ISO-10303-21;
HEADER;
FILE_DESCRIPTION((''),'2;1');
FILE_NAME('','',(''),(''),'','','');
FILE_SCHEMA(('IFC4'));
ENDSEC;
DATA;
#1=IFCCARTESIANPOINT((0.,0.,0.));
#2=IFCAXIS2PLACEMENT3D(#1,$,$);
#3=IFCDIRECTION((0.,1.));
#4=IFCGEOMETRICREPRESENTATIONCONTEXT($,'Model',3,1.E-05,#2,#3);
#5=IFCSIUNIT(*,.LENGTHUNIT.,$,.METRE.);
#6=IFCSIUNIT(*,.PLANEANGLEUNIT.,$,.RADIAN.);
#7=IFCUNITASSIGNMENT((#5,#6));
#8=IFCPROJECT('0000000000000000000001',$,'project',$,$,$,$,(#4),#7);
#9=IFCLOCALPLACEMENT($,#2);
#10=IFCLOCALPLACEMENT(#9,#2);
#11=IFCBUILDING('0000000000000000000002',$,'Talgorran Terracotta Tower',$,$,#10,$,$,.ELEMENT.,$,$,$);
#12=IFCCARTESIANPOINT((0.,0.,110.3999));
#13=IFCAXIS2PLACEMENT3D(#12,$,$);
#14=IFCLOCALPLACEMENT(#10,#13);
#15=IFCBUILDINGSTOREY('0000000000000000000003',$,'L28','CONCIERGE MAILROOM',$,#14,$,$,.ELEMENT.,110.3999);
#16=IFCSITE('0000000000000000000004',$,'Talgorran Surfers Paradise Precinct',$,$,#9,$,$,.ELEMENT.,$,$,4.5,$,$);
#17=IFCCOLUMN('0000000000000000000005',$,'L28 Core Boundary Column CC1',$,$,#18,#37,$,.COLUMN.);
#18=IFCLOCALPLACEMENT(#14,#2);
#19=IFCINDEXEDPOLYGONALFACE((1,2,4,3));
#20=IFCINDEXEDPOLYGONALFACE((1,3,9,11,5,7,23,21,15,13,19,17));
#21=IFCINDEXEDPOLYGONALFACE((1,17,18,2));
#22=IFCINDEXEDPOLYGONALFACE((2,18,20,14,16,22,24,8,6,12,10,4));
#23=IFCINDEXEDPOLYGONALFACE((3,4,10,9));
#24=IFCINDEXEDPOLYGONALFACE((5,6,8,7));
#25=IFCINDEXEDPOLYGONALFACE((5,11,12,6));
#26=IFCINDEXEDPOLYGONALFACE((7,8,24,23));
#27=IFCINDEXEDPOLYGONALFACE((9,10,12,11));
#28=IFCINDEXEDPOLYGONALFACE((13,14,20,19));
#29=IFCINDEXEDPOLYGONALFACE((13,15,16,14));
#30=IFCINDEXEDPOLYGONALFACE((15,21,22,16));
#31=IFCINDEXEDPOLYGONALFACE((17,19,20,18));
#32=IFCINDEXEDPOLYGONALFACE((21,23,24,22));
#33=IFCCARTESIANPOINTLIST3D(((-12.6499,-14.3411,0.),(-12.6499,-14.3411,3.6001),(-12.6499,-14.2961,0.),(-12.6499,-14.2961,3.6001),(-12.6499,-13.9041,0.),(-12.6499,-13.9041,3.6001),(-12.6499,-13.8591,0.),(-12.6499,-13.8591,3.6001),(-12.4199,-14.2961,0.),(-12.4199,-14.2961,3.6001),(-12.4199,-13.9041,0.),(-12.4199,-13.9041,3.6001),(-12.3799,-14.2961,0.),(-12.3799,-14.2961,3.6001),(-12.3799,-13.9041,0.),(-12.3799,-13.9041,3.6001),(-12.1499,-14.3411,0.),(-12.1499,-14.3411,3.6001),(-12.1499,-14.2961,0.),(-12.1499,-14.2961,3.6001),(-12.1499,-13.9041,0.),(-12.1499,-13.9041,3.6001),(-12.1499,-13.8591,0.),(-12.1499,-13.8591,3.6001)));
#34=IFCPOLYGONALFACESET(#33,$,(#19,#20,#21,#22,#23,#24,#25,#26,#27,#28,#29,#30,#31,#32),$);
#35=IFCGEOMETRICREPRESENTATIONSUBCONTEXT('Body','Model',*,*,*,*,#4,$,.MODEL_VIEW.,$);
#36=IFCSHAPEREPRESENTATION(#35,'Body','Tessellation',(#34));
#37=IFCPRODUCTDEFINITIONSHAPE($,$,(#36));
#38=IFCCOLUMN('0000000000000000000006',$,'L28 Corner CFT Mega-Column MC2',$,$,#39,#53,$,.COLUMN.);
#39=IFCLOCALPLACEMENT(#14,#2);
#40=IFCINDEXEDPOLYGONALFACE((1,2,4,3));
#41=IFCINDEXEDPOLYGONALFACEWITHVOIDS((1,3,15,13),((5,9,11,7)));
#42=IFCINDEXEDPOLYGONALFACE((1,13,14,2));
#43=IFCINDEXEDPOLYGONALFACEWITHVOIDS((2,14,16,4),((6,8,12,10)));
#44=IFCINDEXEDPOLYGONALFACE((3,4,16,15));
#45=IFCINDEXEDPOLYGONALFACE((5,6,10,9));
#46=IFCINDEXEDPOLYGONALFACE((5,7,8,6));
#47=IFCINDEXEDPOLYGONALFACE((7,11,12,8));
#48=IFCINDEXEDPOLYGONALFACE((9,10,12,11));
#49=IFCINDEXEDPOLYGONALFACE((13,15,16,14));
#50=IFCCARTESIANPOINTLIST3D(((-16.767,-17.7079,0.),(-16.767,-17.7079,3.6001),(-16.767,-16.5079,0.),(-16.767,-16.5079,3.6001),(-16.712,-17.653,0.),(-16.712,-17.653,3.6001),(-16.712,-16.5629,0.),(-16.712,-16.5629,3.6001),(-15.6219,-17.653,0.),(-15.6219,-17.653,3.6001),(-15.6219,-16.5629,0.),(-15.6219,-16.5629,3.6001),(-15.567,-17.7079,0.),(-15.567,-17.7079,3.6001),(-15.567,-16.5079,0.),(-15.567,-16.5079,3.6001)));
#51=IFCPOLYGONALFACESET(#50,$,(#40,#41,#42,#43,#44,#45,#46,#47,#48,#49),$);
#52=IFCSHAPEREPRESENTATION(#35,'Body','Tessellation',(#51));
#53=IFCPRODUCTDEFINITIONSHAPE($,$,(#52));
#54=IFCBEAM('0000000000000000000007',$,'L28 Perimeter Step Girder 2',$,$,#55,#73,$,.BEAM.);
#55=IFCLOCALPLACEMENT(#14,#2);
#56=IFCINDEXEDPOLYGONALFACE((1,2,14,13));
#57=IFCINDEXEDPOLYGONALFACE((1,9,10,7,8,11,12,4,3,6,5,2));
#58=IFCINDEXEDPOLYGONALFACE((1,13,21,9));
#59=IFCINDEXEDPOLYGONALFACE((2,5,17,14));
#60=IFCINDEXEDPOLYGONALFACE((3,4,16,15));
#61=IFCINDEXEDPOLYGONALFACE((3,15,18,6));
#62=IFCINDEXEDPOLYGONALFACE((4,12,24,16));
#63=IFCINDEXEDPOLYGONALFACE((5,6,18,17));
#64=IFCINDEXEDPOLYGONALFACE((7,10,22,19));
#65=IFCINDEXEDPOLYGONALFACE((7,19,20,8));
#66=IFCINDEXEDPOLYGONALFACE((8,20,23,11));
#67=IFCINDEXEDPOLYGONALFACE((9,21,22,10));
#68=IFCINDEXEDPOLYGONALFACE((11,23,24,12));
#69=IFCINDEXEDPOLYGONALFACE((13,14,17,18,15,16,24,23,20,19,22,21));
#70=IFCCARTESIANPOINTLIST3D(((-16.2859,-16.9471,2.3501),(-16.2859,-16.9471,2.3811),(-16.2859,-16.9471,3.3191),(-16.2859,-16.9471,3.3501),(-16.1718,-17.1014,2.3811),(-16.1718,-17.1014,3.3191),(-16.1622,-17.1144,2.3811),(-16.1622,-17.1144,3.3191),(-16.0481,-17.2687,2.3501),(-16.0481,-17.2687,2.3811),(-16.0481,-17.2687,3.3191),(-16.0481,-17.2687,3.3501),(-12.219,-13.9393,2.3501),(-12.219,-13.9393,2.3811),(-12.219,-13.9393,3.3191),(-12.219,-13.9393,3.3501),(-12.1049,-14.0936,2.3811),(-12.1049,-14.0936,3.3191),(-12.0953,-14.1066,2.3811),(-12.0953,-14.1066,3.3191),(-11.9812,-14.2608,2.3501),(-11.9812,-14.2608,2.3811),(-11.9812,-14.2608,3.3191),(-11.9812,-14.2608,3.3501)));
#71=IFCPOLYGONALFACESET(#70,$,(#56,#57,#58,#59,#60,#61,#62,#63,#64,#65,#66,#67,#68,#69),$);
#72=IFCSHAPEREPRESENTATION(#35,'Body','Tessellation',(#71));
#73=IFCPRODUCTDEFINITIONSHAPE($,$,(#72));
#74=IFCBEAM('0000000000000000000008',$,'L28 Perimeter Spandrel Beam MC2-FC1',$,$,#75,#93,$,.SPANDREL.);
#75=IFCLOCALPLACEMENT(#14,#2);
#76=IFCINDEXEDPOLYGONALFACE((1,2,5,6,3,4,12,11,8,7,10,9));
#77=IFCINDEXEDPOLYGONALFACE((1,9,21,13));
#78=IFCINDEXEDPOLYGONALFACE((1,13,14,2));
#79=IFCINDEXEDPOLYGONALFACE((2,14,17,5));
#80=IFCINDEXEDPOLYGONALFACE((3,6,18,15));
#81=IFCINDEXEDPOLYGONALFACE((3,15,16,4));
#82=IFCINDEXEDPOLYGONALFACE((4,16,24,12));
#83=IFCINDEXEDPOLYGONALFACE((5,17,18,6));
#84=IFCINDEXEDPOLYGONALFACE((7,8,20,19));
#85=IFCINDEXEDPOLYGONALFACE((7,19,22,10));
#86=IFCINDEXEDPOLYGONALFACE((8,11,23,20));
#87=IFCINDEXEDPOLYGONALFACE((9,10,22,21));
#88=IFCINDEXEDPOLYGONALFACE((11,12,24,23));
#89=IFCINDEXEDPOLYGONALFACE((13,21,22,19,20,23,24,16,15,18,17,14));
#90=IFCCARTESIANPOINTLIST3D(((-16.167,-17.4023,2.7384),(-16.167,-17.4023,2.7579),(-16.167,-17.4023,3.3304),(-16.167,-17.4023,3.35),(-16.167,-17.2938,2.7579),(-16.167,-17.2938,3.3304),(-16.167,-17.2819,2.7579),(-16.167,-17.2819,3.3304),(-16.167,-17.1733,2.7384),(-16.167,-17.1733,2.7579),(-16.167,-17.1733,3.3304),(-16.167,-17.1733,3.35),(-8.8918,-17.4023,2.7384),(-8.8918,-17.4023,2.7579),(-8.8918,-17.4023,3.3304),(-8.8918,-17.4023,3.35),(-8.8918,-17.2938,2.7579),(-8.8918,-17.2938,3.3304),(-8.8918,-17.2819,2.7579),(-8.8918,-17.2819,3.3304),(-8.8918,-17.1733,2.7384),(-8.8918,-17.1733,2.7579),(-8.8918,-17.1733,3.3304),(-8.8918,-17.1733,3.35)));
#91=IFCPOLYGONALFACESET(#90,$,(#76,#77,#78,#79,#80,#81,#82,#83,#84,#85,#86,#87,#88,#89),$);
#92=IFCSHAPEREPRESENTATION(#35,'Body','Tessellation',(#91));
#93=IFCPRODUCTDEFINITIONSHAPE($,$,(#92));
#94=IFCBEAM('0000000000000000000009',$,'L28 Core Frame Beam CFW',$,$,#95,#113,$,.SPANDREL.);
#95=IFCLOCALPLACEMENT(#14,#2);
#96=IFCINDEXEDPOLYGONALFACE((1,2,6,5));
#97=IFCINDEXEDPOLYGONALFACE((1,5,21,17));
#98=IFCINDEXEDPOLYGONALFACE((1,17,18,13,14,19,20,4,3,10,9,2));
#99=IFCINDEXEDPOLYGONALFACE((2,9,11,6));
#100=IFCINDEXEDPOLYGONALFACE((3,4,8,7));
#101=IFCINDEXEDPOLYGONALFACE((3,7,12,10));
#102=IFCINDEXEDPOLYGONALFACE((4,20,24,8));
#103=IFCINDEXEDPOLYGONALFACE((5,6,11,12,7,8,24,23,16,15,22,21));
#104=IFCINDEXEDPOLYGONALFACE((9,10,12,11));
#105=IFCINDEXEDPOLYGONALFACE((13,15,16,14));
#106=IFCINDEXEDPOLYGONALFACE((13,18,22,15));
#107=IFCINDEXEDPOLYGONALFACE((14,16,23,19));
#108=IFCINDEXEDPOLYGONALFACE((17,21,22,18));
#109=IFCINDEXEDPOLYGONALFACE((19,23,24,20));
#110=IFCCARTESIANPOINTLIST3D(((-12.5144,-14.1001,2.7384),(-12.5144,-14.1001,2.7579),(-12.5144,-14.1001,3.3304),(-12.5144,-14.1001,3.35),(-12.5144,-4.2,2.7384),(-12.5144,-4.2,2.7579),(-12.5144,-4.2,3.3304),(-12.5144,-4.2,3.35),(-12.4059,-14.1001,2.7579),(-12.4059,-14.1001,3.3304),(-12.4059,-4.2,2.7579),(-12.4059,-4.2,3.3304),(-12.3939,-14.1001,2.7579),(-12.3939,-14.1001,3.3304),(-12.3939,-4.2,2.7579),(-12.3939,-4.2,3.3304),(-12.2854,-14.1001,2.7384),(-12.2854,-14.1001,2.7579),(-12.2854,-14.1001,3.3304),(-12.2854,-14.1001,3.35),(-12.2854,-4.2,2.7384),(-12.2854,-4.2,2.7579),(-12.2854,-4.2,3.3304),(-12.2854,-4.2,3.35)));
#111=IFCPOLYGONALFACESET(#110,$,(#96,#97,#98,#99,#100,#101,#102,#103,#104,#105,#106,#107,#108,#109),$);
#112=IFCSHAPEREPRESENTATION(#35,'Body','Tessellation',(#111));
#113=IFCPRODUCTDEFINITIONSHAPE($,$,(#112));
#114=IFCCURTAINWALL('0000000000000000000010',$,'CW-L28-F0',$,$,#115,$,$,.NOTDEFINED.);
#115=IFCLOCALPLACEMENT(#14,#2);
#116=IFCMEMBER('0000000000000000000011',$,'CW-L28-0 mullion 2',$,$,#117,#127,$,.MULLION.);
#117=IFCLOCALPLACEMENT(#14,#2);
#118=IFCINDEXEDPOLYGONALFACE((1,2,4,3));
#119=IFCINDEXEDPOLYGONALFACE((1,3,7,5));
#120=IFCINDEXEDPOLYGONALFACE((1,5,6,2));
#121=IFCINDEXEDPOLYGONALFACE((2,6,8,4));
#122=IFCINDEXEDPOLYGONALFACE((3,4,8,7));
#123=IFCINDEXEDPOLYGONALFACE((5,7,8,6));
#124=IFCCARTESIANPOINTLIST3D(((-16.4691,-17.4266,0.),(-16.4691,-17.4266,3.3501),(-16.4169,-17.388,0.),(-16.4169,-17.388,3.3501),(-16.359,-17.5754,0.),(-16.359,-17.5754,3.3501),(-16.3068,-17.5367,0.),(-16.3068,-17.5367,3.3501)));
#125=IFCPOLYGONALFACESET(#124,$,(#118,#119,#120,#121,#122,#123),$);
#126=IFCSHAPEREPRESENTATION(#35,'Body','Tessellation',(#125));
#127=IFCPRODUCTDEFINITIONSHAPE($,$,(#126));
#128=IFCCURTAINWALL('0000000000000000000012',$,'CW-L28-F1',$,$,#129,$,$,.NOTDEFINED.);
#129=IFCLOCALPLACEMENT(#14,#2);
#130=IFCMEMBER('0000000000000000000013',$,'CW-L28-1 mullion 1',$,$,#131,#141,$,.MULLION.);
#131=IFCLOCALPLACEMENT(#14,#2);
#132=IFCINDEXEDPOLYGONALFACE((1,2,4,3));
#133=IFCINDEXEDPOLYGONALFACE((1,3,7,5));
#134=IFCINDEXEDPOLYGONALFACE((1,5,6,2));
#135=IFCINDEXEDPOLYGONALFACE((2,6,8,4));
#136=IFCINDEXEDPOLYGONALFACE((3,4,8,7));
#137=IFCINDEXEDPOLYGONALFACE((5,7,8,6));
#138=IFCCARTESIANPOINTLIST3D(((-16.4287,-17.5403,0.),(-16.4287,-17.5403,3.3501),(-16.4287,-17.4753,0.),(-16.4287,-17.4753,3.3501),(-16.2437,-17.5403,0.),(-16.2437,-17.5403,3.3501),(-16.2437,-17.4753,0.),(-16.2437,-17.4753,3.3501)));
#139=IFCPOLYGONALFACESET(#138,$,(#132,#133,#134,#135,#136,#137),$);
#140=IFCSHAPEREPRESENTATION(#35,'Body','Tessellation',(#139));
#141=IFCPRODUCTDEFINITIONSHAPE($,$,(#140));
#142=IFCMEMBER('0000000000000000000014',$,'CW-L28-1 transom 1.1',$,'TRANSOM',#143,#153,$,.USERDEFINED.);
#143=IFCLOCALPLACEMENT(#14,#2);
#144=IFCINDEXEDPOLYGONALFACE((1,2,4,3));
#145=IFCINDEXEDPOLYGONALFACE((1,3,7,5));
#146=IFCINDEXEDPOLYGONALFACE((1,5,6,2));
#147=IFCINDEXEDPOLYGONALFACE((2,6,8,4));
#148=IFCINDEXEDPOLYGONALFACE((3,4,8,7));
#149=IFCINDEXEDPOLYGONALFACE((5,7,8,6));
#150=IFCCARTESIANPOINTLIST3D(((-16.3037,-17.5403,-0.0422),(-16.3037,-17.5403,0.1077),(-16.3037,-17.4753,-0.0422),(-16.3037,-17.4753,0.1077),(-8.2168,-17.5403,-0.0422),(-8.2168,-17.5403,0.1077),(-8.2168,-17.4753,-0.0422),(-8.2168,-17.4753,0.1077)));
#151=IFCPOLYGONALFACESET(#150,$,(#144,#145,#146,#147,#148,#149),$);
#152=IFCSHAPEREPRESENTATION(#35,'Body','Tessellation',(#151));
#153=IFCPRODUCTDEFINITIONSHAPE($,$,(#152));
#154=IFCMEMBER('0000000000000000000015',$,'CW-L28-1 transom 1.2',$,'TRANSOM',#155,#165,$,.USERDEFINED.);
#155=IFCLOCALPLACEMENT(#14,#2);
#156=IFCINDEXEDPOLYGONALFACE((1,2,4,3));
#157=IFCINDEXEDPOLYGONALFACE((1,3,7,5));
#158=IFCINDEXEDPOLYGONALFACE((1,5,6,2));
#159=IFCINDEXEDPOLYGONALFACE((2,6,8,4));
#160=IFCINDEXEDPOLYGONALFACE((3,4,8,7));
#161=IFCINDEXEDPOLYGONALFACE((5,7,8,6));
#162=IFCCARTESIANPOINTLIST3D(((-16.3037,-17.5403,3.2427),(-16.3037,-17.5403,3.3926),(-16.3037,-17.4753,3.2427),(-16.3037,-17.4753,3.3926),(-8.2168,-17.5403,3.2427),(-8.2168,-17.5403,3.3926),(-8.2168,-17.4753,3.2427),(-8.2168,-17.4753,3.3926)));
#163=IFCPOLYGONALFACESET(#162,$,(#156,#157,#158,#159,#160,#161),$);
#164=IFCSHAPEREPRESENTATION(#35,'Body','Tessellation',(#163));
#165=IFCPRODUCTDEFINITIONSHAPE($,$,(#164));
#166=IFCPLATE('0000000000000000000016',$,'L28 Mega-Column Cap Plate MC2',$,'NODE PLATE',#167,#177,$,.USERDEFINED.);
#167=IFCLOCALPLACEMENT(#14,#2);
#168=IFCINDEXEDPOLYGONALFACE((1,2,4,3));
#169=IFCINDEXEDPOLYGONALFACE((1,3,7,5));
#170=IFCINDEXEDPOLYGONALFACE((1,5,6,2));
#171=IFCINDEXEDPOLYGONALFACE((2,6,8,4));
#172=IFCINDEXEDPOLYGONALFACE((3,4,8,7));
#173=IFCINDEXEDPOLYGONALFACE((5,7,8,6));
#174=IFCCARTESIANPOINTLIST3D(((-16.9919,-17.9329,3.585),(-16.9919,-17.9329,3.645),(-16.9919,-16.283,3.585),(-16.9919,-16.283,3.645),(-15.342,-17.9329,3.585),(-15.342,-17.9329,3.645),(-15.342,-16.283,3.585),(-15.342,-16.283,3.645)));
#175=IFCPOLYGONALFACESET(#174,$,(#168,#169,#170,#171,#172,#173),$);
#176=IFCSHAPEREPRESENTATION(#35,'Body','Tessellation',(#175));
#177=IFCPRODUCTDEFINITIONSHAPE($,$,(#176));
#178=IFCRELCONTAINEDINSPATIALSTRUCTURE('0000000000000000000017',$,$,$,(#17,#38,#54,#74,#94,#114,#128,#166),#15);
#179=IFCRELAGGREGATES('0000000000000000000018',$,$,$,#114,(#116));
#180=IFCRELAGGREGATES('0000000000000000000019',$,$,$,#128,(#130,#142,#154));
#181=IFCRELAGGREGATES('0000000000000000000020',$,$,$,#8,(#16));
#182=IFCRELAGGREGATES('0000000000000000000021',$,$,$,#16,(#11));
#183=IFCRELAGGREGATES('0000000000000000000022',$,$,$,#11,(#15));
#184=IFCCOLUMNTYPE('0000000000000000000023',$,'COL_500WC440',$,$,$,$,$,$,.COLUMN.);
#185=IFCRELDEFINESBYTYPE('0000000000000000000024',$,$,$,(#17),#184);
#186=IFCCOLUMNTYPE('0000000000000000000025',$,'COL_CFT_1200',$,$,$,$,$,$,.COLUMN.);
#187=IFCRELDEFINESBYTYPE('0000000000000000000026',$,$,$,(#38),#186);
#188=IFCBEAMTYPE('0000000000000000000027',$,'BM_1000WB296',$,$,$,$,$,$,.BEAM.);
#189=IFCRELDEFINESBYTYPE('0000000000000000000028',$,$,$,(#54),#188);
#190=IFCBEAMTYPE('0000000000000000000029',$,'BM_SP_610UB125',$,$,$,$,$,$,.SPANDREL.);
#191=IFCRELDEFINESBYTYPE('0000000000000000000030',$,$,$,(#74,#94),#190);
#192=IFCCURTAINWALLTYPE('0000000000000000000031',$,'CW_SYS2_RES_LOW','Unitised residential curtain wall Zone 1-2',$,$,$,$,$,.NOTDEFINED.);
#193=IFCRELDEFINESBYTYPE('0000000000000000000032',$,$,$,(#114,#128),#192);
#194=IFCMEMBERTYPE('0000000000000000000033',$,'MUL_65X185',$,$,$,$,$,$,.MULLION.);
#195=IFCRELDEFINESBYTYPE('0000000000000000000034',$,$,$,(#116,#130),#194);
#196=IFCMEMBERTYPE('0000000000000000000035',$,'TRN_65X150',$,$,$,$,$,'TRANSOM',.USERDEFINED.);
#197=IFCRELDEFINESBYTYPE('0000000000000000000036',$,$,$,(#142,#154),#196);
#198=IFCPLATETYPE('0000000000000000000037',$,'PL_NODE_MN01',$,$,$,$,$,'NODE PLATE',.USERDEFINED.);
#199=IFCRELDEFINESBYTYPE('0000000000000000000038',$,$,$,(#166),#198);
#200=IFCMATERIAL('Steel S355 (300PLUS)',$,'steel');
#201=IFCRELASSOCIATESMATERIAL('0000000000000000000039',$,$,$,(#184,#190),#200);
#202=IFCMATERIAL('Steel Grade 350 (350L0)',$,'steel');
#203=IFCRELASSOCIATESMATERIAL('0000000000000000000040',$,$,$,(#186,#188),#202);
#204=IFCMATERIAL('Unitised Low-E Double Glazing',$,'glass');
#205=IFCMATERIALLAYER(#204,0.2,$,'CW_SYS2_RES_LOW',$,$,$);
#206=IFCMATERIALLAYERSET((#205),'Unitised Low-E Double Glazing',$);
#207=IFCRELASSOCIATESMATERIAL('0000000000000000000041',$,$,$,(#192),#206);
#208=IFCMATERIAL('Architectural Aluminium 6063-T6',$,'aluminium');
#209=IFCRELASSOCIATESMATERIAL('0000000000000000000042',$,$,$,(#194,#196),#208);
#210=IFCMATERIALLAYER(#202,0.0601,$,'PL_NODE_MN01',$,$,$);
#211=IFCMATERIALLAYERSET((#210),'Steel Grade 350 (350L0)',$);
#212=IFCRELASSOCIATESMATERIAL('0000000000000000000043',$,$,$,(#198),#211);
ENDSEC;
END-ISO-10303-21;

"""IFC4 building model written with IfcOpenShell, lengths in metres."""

from ifc_helpers import new_model, si_unit, direction, frame, origin, origin_2d, place, context, subcontext, project, spatial, rectangle, hollow_rectangle, i_section, extrude, material, layer, layer_set, material_profile, profile_set, type_object, element, aggregate, save


model = new_model("IFC4")

# Units and contexts
model_context = context("Model", 3, precision=1e-05, world=origin(), true_north=direction((0.0, 1.0)))
body_context = subcontext(model_context, "Body", "Model", "MODEL_VIEW")
ifc_project = project(units=[si_unit("LENGTHUNIT", "METRE"), si_unit("PLANEANGLEUNIT", "RADIAN")], contexts=[model_context])

# Site, building, storey
site_placement = place(None, origin())
site = spatial("IfcSite", under=ifc_project, at=site_placement, Name="Talgorran Surfers Paradise Precinct", CompositionType="ELEMENT", RefElevation=4.5)
building_placement = place(site_placement, origin())
building = spatial("IfcBuilding", under=site, at=building_placement, Name="Talgorran Terracotta Tower", CompositionType="ELEMENT")
storey_placement = place(building_placement, frame((0.0, 0.0, 110.3999)))
storey = spatial("IfcBuildingStorey", under=building, at=storey_placement, Name="L28", Description="CONCIERGE MAILROOM", CompositionType="ELEMENT", Elevation=110.3999)

# Columns
ifc_material_1 = material(Name="Steel S355 (300PLUS)", Category="steel")
ifc_material_profile_1 = material_profile(ifc_material_1, i_section(OverallWidth=0.5, OverallDepth=0.4819, WebThickness=0.04, FlangeThickness=0.0449, at=origin_2d()), Name="500WC440")
ifc_profile_set_1 = profile_set([ifc_material_profile_1], Name="Steel S355 (300PLUS)")
column_type_1 = type_object("IfcColumnType", Name="COL_500WC440", PredefinedType="COLUMN", material=ifc_profile_set_1)
column_1_placement = place(storey_placement, frame((-12.3999, -14.1001, 0.0), z_axis=(0.0, 0.0, 1.0), x_axis=(1.0, 0.0, 0.0)))
element("IfcColumn", 1, at=column_1_placement, inside=storey, type_object=column_type_1, Name="L28 Core Boundary Column CC1", PredefinedType="COLUMN", context=body_context, shape_type="SweptSolid", body=[
    extrude(i_section(OverallWidth=0.5, OverallDepth=0.4819, WebThickness=0.04, FlangeThickness=0.0449, at=origin_2d()), origin(), (0.0, 0.0, 1.0), 3.6001),
])
ifc_material_2 = material(Name="Steel Grade 350 (350L0)", Category="steel")
ifc_material_profile_2 = material_profile(ifc_material_2, hollow_rectangle(XDim=1.2, YDim=1.2, WallThickness=0.0549, at=origin_2d()), Name="CFT1200X1200X55")
ifc_profile_set_2 = profile_set([ifc_material_profile_2], Name="Steel Grade 350 (350L0)")
column_type_2 = type_object("IfcColumnType", Name="COL_CFT_1200", PredefinedType="COLUMN", material=ifc_profile_set_2)
column_2_placement = place(storey_placement, frame((-16.167, -17.1079, 0.0), z_axis=(0.0, 0.0, 1.0), x_axis=(1.0, 0.0, 0.0)))
element("IfcColumn", 2, at=column_2_placement, inside=storey, type_object=column_type_2, Name="L28 Corner CFT Mega-Column MC2", PredefinedType="COLUMN", context=body_context, shape_type="SweptSolid", body=[
    extrude(hollow_rectangle(XDim=1.2, YDim=1.2, WallThickness=0.0549, at=origin_2d()), origin(), (0.0, 0.0, 1.0), 3.6001),
])

# Beams
ifc_material_profile_3 = material_profile(ifc_material_2, i_section(OverallWidth=0.3999, OverallDepth=1.0, WebThickness=0.0161, FlangeThickness=0.031, at=origin_2d()), Name="1000WB296")
ifc_profile_set_3 = profile_set([ifc_material_profile_3], Name="Steel Grade 350 (350L0)")
beam_type_1 = type_object("IfcBeamType", Name="BM_1000WB296", PredefinedType="BEAM", material=ifc_profile_set_3)
beam_1_placement = place(storey_placement, frame((-16.167, -17.1079, 2.8501), z_axis=(0.804002, 0.594627, 0.0), x_axis=(-0.594627, 0.804002, 0.0)))
element("IfcBeam", 3, at=beam_1_placement, inside=storey, type_object=beam_type_1, Name="L28 Perimeter Step Girder 2", PredefinedType="BEAM", context=body_context, shape_type="SweptSolid", body=[
    extrude(i_section(OverallWidth=0.3999, OverallDepth=1.0, WebThickness=0.0161, FlangeThickness=0.031, at=origin_2d()), origin(), (0.0, 0.0, 1.0), 5.0583),
])
ifc_material_profile_4 = material_profile(ifc_material_1, i_section(OverallWidth=0.229, OverallDepth=0.6116, WebThickness=0.012, FlangeThickness=0.0195, at=origin_2d()), Name="610UB125")
ifc_profile_set_4 = profile_set([ifc_material_profile_4], Name="Steel S355 (300PLUS)")
beam_type_2 = type_object("IfcBeamType", Name="BM_SP_610UB125", PredefinedType="SPANDREL", material=ifc_profile_set_4)
beam_2_placement = place(storey_placement, frame((-16.167, -17.2878, 3.0442), z_axis=(1.0, 0.0, 0.0), x_axis=(0.0, 1.0, 0.0)))
element("IfcBeam", 4, at=beam_2_placement, inside=storey, type_object=beam_type_2, Name="L28 Perimeter Spandrel Beam MC2-FC1", PredefinedType="SPANDREL", context=body_context, shape_type="SweptSolid", body=[
    extrude(i_section(OverallWidth=0.229, OverallDepth=0.6116, WebThickness=0.012, FlangeThickness=0.0195, at=origin_2d()), origin(), (0.0, 0.0, 1.0), 7.2751),
])
beam_3_placement = place(storey_placement, frame((-12.3999, -14.1001, 3.0442), z_axis=(0.0, 1.0, 0.0), x_axis=(-1.0, 0.0, 0.0)))
element("IfcBeam", 5, at=beam_3_placement, inside=storey, type_object=beam_type_2, Name="L28 Core Frame Beam CFW", PredefinedType="SPANDREL", context=body_context, shape_type="SweptSolid", body=[
    extrude(i_section(OverallWidth=0.229, OverallDepth=0.6116, WebThickness=0.012, FlangeThickness=0.0195, at=origin_2d()), origin(), (0.0, 0.0, 1.0), 9.9001),
])

# Curtain wall, member
ifc_material_3 = material(Name="Unitised Low-E Double Glazing", Category="glass")
ifc_layer_1 = layer(ifc_material_3, 0.2, Name="CW_SYS2_RES_LOW")
ifc_layer_set_1 = layer_set([ifc_layer_1], Name="Unitised Low-E Double Glazing")
curtain_wall_type = type_object("IfcCurtainWallType", Name="CW_SYS2_RES_LOW", Description="Unitised residential curtain wall Zone 1-2", PredefinedType="NOTDEFINED", material=ifc_layer_set_1)
curtain_wall_1_placement = place(storey_placement, origin())
curtain_wall_1 = element("IfcCurtainWall", 6, at=curtain_wall_1_placement, inside=storey, type_object=curtain_wall_type, Name="CW-L28-F0", PredefinedType="NOTDEFINED")
ifc_material_4 = material(Name="Architectural Aluminium 6063-T6", Category="aluminium")
ifc_material_profile_5 = material_profile(ifc_material_4, rectangle(XDim=0.0649, YDim=0.1851, at=origin_2d()), Name="CWM65X185")
ifc_profile_set_5 = profile_set([ifc_material_profile_5], Name="Architectural Aluminium 6063-T6")
member_type_1 = type_object("IfcMemberType", Name="MUL_65X185", PredefinedType="MULLION", material=ifc_profile_set_5)
member_1_placement = place(storey_placement, frame((-16.3879, -17.4817, 0.0), z_axis=(0.0, 0.0, 1.0), x_axis=(0.803792, 0.594911, 0.0)))
member_1 = element("IfcMember", 7, at=member_1_placement, type_object=member_type_1, Name="CW-L28-0 mullion 2", PredefinedType="MULLION", context=body_context, shape_type="SweptSolid", body=[
    extrude(rectangle(XDim=0.0649, YDim=0.1851, at=origin_2d()), origin(), (0.0, 0.0, 1.0), 3.3501),
])

# Curtain wall, members
curtain_wall_2_placement = place(storey_placement, origin())
curtain_wall_2 = element("IfcCurtainWall", 8, at=curtain_wall_2_placement, inside=storey, type_object=curtain_wall_type, Name="CW-L28-F1", PredefinedType="NOTDEFINED")
member_2_placement = place(storey_placement, frame((-16.3362, -17.5078, 0.0), z_axis=(0.0, 0.0, 1.0), x_axis=(0.0, 1.0, 0.0)))
member_2 = element("IfcMember", 9, at=member_2_placement, type_object=member_type_1, Name="CW-L28-1 mullion 1", PredefinedType="MULLION", context=body_context, shape_type="SweptSolid", body=[
    extrude(rectangle(XDim=0.0649, YDim=0.1851, at=origin_2d()), origin(), (0.0, 0.0, 1.0), 3.3501),
])
ifc_material_profile_6 = material_profile(ifc_material_4, rectangle(XDim=0.0649, YDim=0.1499, at=origin_2d()), Name="CWT65X150")
ifc_profile_set_6 = profile_set([ifc_material_profile_6], Name="Architectural Aluminium 6063-T6")
member_type_2 = type_object("IfcMemberType", Name="TRN_65X150", ElementType="TRANSOM", PredefinedType="USERDEFINED", material=ifc_profile_set_6)
member_3_placement = place(storey_placement, frame((-16.3037, -17.5078, 0.0327), z_axis=(1.0, 0.0, 0.0), x_axis=(0.0, 1.0, 0.0)))
member_3 = element("IfcMember", 10, at=member_3_placement, type_object=member_type_2, Name="CW-L28-1 transom 1.1", ObjectType="TRANSOM", PredefinedType="USERDEFINED", context=body_context, shape_type="SweptSolid", body=[
    extrude(rectangle(XDim=0.0649, YDim=0.1499, at=origin_2d()), origin(), (0.0, 0.0, 1.0), 8.0869),
])
member_4_placement = place(storey_placement, frame((-16.3037, -17.5078, 3.3176), z_axis=(1.0, 0.0, 0.0), x_axis=(0.0, 1.0, 0.0)))
member_4 = element("IfcMember", 11, at=member_4_placement, type_object=member_type_2, Name="CW-L28-1 transom 1.2", ObjectType="TRANSOM", PredefinedType="USERDEFINED", context=body_context, shape_type="SweptSolid", body=[
    extrude(rectangle(XDim=0.0649, YDim=0.1499, at=origin_2d()), origin(), (0.0, 0.0, 1.0), 8.0869),
])

# Plate
ifc_layer_2 = layer(ifc_material_2, 0.0601, Name="PL_NODE_MN01")
ifc_layer_set_2 = layer_set([ifc_layer_2], Name="Steel Grade 350 (350L0)")
plate_type_1 = type_object("IfcPlateType", Name="PL_NODE_MN01", ElementType="NODE PLATE", PredefinedType="USERDEFINED", material=ifc_layer_set_2)
plate_1_placement = place(storey_placement, frame((-16.167, -17.1079, 3.585), z_axis=(0.0, 0.0, 1.0), x_axis=(1.0, 0.0, 0.0)))
element("IfcPlate", 12, at=plate_1_placement, inside=storey, type_object=plate_type_1, Name="L28 Mega-Column Cap Plate MC2", ObjectType="NODE PLATE", PredefinedType="USERDEFINED", context=body_context, shape_type="SweptSolid", body=[
    extrude(rectangle(XDim=1.6499, YDim=1.6499, at=origin_2d()), origin(), (0.0, 0.0, 1.0), 0.0601),
])
aggregate(curtain_wall_1, [member_1])
aggregate(curtain_wall_2, [member_2, member_3, member_4])

save(model, "model.ifc")
